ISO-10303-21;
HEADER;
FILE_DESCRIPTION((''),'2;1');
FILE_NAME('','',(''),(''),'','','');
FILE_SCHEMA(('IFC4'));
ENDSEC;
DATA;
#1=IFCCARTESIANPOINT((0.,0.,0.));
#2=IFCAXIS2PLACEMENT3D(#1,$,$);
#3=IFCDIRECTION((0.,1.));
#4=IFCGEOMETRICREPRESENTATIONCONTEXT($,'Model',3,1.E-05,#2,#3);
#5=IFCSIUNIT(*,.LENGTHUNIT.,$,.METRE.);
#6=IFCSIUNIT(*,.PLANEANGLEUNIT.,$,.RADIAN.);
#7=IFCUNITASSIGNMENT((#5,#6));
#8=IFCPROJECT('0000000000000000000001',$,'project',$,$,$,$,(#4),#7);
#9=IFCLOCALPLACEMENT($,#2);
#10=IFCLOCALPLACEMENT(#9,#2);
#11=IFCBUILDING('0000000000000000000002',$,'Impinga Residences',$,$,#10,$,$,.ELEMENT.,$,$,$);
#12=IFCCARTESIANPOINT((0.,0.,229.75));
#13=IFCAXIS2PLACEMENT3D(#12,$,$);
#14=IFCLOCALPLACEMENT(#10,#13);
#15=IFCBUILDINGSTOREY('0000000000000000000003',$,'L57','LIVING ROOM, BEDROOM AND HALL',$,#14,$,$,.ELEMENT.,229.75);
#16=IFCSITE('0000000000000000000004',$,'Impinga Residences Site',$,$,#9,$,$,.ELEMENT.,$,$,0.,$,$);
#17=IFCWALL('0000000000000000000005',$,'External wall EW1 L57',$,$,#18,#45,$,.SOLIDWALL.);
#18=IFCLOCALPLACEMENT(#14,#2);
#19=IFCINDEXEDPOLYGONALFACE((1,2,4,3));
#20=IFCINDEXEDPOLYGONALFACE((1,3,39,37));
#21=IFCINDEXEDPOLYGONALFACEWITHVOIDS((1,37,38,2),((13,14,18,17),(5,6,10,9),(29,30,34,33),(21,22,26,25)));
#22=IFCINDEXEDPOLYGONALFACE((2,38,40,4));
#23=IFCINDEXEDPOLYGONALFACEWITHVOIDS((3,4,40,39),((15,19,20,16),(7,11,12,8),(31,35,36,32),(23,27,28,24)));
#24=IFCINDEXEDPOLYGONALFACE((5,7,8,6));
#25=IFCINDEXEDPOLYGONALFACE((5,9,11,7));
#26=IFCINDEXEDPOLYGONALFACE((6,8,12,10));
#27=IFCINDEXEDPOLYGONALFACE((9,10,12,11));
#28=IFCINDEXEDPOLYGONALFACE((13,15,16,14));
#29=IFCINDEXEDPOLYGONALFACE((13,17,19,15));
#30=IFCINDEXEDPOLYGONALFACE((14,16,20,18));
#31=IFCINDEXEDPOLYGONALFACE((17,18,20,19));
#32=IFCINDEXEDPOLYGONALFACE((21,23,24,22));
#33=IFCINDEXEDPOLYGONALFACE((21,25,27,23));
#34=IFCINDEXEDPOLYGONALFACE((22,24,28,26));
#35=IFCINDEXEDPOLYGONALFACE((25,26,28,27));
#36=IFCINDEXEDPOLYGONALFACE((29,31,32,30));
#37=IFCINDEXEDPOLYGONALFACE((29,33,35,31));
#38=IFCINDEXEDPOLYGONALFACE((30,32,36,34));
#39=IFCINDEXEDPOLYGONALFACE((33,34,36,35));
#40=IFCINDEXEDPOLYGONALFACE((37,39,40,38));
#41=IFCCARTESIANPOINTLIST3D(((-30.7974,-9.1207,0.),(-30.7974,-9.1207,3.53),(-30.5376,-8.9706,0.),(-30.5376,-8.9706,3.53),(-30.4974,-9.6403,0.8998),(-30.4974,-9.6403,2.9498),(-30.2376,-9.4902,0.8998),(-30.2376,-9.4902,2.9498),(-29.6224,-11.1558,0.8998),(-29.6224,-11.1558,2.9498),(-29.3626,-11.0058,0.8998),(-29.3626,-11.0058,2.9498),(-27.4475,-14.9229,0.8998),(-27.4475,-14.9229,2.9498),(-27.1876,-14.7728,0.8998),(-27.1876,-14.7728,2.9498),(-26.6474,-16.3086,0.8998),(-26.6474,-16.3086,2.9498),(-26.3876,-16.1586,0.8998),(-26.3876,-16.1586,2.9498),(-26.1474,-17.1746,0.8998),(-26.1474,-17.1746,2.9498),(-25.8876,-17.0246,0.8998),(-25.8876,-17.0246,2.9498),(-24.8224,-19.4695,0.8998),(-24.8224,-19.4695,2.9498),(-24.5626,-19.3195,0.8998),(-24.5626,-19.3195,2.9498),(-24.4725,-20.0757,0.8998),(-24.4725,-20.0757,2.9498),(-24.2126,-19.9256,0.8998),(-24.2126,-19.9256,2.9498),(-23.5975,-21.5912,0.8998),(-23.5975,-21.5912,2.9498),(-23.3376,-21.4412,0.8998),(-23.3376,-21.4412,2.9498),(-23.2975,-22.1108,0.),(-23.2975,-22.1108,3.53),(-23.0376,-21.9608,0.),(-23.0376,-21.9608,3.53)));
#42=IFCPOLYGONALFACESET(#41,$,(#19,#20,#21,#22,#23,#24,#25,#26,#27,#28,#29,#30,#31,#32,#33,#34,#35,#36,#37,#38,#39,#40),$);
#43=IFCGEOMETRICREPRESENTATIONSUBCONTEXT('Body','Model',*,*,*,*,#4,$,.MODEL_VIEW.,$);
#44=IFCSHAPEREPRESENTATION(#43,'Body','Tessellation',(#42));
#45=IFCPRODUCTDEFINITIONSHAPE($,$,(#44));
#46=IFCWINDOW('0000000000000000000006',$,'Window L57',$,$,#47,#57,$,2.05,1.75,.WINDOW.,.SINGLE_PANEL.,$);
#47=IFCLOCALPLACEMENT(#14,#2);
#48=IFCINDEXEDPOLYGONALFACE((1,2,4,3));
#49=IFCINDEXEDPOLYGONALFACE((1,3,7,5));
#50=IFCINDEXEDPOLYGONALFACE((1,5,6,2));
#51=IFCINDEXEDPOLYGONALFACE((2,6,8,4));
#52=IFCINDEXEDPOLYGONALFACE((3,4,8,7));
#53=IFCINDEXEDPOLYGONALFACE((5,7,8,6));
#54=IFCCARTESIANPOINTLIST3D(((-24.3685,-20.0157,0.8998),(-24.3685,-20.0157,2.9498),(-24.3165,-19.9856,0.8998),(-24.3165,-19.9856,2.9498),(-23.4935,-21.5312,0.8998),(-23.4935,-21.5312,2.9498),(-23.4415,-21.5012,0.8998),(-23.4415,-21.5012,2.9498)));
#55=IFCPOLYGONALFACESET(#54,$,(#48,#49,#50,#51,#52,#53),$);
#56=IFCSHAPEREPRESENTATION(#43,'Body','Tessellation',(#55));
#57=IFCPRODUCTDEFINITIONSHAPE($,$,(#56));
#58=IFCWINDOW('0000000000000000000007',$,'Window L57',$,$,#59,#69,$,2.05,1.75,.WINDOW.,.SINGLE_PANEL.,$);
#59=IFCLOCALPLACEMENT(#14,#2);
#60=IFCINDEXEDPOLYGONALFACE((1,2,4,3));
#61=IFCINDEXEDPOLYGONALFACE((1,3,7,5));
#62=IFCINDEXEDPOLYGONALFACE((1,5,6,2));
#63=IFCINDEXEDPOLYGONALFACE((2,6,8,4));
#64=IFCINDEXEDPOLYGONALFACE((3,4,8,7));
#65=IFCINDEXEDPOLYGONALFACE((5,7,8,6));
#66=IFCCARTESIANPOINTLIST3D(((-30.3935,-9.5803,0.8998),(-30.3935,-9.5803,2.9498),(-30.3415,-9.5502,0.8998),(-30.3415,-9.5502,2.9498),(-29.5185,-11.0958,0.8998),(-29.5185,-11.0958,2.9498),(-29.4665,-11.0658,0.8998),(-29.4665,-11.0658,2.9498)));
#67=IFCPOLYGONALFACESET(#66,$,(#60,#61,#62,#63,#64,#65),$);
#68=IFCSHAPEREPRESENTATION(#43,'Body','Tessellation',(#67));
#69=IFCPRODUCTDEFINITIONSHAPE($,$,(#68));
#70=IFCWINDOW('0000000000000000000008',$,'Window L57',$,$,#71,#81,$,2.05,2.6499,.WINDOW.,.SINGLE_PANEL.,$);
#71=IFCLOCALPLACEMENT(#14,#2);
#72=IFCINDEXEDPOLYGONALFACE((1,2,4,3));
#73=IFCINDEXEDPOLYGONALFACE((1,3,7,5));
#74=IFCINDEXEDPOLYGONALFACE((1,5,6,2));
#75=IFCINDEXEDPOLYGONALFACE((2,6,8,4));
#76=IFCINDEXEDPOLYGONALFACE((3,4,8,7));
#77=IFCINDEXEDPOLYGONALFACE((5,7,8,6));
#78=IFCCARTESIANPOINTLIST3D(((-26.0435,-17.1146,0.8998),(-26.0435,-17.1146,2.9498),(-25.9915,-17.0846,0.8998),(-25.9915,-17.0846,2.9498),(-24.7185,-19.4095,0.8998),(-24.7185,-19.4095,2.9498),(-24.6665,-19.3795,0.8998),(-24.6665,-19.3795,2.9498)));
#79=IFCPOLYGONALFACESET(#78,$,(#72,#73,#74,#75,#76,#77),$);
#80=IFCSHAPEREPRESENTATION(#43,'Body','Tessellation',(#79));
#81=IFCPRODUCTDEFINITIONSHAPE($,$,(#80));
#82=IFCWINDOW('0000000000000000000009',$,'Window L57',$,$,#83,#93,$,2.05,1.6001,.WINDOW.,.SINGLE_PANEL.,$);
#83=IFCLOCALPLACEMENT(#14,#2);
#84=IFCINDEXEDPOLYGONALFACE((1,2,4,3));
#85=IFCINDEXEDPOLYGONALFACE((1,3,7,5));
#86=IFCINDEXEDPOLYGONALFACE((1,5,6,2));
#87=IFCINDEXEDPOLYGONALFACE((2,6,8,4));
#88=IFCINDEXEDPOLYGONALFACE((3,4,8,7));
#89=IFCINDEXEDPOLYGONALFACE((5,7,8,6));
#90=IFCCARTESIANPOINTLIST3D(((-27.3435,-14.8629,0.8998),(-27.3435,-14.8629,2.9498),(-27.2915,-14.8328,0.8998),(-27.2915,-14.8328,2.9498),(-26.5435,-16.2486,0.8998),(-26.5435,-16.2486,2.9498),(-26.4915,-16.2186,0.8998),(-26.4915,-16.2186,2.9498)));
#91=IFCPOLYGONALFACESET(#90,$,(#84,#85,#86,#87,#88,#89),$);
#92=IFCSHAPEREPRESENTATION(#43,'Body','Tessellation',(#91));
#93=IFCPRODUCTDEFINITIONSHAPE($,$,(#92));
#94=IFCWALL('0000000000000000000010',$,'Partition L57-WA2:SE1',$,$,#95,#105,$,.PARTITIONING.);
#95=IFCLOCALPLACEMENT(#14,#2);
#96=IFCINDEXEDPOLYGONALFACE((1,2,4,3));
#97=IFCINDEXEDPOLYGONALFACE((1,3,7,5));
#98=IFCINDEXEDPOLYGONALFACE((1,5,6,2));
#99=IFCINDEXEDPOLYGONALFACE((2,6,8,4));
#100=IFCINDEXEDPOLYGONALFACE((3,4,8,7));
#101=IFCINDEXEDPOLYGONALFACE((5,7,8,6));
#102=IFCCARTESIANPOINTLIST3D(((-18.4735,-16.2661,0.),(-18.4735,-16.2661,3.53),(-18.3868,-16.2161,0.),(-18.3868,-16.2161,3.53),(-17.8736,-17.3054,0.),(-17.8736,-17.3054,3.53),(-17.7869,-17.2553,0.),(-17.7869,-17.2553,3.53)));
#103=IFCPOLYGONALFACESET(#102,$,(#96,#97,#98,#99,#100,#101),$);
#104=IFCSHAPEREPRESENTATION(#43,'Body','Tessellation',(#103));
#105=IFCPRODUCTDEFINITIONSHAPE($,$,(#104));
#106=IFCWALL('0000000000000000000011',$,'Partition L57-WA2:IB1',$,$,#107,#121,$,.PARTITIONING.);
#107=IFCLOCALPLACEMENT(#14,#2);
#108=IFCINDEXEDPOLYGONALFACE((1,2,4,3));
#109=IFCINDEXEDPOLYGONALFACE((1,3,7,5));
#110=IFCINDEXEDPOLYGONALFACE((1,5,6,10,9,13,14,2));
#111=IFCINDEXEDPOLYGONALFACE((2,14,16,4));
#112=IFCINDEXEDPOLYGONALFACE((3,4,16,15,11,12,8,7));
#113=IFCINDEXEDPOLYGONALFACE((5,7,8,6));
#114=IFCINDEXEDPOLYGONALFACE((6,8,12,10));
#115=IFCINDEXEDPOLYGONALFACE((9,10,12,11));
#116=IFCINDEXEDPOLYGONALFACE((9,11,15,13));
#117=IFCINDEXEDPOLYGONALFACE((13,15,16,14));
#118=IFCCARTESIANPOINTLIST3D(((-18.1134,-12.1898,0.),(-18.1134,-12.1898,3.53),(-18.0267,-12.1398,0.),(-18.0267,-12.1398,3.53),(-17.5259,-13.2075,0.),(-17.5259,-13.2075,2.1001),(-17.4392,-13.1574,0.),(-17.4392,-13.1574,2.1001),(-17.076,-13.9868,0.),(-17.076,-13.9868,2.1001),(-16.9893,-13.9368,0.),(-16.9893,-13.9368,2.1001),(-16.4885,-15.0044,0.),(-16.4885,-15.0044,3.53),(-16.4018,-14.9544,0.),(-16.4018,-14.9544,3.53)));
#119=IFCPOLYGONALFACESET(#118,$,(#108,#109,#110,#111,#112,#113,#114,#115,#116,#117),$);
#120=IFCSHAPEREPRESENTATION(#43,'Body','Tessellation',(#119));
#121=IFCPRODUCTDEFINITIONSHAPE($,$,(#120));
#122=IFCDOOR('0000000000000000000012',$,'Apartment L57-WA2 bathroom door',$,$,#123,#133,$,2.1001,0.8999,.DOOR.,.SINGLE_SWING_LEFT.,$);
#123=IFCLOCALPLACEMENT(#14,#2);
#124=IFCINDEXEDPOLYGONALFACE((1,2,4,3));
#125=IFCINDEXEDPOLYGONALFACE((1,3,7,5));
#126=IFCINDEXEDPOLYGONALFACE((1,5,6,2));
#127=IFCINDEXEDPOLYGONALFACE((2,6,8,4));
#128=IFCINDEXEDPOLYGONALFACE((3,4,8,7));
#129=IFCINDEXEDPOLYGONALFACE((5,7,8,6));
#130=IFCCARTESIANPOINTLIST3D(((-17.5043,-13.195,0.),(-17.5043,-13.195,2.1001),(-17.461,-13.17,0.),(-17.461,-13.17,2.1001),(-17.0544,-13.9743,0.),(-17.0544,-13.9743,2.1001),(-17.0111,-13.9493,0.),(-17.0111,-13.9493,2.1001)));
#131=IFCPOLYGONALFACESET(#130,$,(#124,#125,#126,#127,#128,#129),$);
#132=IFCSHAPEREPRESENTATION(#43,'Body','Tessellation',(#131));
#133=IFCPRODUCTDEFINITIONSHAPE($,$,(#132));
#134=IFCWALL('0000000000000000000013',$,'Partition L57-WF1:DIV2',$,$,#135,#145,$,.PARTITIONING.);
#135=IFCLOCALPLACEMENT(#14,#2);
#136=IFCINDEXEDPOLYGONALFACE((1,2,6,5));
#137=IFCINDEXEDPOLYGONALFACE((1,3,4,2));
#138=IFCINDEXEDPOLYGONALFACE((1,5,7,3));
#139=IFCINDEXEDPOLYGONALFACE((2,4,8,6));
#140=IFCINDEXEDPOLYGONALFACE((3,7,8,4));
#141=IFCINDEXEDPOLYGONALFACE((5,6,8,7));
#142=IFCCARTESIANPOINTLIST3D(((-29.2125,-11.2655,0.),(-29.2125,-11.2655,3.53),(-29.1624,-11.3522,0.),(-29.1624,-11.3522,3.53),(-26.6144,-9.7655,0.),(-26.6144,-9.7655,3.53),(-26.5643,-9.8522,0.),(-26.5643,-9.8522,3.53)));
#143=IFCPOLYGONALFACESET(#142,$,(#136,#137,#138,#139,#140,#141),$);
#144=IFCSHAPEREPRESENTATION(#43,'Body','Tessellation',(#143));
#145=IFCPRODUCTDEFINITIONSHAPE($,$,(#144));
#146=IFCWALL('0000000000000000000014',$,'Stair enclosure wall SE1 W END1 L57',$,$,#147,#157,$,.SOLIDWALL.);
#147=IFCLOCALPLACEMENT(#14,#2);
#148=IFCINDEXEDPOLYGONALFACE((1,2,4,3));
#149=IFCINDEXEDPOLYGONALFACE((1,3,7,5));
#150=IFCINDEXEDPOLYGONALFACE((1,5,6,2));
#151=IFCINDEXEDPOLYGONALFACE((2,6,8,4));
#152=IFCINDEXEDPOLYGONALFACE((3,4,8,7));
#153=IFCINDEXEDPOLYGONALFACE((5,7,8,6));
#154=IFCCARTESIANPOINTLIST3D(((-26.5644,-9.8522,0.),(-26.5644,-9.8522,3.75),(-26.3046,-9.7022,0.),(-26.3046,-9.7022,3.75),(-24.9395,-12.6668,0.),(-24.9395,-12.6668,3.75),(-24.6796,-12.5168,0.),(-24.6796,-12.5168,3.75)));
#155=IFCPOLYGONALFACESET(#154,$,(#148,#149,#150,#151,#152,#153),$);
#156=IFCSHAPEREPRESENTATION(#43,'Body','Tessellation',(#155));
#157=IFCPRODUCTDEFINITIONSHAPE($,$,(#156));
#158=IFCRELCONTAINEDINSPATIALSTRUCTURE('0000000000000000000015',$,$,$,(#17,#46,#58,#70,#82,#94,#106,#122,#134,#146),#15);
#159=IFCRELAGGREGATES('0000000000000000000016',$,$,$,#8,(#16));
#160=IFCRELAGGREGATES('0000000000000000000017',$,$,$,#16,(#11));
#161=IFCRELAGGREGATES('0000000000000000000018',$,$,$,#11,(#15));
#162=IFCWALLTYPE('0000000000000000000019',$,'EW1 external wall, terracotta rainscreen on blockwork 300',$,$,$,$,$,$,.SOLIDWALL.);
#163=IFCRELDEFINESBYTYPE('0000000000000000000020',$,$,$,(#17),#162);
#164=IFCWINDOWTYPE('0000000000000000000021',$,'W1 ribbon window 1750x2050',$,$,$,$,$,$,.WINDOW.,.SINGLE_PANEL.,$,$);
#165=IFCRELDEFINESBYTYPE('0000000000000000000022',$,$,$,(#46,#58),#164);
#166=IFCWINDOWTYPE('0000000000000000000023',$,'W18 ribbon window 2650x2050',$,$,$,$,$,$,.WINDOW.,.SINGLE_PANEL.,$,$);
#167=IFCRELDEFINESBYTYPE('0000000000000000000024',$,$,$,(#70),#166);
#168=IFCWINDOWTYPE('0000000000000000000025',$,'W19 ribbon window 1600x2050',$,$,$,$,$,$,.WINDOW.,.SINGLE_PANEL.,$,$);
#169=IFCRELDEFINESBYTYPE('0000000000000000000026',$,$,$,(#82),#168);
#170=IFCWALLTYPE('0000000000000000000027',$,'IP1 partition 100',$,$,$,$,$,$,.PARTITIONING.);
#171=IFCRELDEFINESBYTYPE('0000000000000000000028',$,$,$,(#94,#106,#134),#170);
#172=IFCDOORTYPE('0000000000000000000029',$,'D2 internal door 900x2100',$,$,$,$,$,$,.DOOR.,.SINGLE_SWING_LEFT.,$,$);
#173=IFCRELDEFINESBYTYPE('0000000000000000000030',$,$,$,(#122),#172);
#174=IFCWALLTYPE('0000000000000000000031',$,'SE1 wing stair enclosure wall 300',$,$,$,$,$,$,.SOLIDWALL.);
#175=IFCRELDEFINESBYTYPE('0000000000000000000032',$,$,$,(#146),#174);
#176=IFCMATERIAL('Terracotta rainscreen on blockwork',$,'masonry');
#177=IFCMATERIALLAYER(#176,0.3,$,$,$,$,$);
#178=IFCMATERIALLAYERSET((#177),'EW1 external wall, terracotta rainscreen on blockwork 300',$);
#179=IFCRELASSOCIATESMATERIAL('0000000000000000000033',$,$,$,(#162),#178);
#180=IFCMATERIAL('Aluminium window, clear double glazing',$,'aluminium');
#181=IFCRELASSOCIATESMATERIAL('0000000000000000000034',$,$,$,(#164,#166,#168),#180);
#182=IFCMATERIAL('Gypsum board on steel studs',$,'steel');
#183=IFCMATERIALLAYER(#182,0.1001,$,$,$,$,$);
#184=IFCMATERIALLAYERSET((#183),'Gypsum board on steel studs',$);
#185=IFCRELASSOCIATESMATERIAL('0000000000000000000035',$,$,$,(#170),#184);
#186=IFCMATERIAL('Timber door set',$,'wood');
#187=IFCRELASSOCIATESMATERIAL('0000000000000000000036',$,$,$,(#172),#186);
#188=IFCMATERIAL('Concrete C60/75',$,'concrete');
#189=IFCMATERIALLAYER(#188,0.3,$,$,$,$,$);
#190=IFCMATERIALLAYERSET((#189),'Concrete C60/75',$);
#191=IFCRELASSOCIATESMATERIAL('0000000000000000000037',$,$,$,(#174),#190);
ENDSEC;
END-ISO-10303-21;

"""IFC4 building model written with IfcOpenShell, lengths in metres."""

from ifc_helpers import new_model, si_unit, direction, frame, frame_2d, origin, place, context, subcontext, project, spatial, rectangle, extrude, material, layer, layer_set, type_object, element, fill, save


model = new_model("IFC4")

# Units and contexts
model_context = context("Model", 3, precision=1e-05, world=origin(), true_north=direction((0.0, 1.0)))
body_context = subcontext(model_context, "Body", "Model", "MODEL_VIEW")
ifc_project = project(units=[si_unit("LENGTHUNIT", "METRE"), si_unit("PLANEANGLEUNIT", "RADIAN")], contexts=[model_context])

# Site, building, storey
site_placement = place(None, origin())
site = spatial("IfcSite", under=ifc_project, at=site_placement, Name="Impinga Residences Site", CompositionType="ELEMENT", RefElevation=0.0)
building_placement = place(site_placement, origin())
building = spatial("IfcBuilding", under=site, at=building_placement, Name="Impinga Residences", CompositionType="ELEMENT")
storey_placement = place(building_placement, frame((0.0, 0.0, 229.75)))
storey = spatial("IfcBuildingStorey", under=building, at=storey_placement, Name="L57", Description="LIVING ROOM, BEDROOM AND HALL", CompositionType="ELEMENT", Elevation=229.75)

# Shared definitions
ifc_material_1 = material(Name="Concrete C60/75", Category="concrete")

# Shared definitions
ifc_material_2 = material(Name="Timber door set", Category="wood")

# Shared definitions
ifc_material_3 = material(Name="Terracotta rainscreen on blockwork", Category="masonry")
ifc_layer_1 = layer(ifc_material_3, 0.3)
ifc_layer_set_1 = layer_set([ifc_layer_1], Name="EW1 external wall, terracotta rainscreen on blockwork 300")
wall_type_1 = type_object("IfcWallType", Name="EW1 external wall, terracotta rainscreen on blockwork 300", PredefinedType="SOLIDWALL", material=ifc_layer_set_1)

# Wall, openings, windows
wall_1_placement = place(storey_placement, frame((-23.1675, -22.0359, 0.0), z_axis=(0.0, 0.0, 1.0), x_axis=(-0.500004, 0.866023, 0.0)))
wall_1 = element("IfcWall", 1, at=wall_1_placement, inside=storey, type_object=wall_type_1, Name="External wall EW1 L57", PredefinedType="SOLIDWALL", context=body_context, shape_type="SweptSolid", body=[
    extrude(rectangle(XDim=14.9998, YDim=0.3, at=frame_2d((7.5, 0.0))), origin(), (0.0, 0.0, 1.0), 3.53),
])
opening_1_placement = place(wall_1_placement, frame((0.6001, 0.0, 0.8999)))
opening_1 = element("IfcOpeningElement", 2, at=opening_1_placement, cuts=wall_1, PredefinedType="OPENING", context=body_context, shape_type="SweptSolid", body=[
    extrude(rectangle(XDim=1.75, YDim=2.05, at=frame_2d((0.875, 1.0249))), frame((0.0, 0.1599, 0.0), z_axis=(0.0, -1.0, 0.0), x_axis=(1.0, 0.0, 0.0)), (0.0, 0.0, 1.0), 0.3201),
])
opening_2_placement = place(wall_1_placement, frame((3.05, 0.0, 0.8999)))
opening_2 = element("IfcOpeningElement", 3, at=opening_2_placement, cuts=wall_1, PredefinedType="OPENING", context=body_context, shape_type="SweptSolid", body=[
    extrude(rectangle(XDim=2.6499, YDim=2.05, at=frame_2d((1.325, 1.0249))), frame((0.0, 0.1599, 0.0), z_axis=(0.0, -1.0, 0.0), x_axis=(1.0, 0.0, 0.0)), (0.0, 0.0, 1.0), 0.3201),
])
opening_3_placement = place(wall_1_placement, frame((6.7, 0.0, 0.8999)))
opening_3 = element("IfcOpeningElement", 4, at=opening_3_placement, cuts=wall_1, PredefinedType="OPENING", context=body_context, shape_type="SweptSolid", body=[
    extrude(rectangle(XDim=1.6001, YDim=2.05, at=frame_2d((0.8, 1.0249))), frame((0.0, 0.1599, 0.0), z_axis=(0.0, -1.0, 0.0), x_axis=(1.0, 0.0, 0.0)), (0.0, 0.0, 1.0), 0.3201),
])
opening_4_placement = place(wall_1_placement, frame((12.6499, 0.0, 0.8999)))
opening_4 = element("IfcOpeningElement", 5, at=opening_4_placement, cuts=wall_1, PredefinedType="OPENING", context=body_context, shape_type="SweptSolid", body=[
    extrude(rectangle(XDim=1.75, YDim=2.05, at=frame_2d((0.875, 1.0249))), frame((0.0, 0.1599, 0.0), z_axis=(0.0, -1.0, 0.0), x_axis=(1.0, 0.0, 0.0)), (0.0, 0.0, 1.0), 0.3201),
])
ifc_material_4 = material(Name="Aluminium window, clear double glazing", Category="aluminium")
window_type_1 = type_object("IfcWindowType", Name="W1 ribbon window 1750x2050", PartitioningType="SINGLE_PANEL", PredefinedType="WINDOW", material=ifc_material_4)
window_1_placement = place(opening_1_placement, origin())
window_1 = element("IfcWindow", 6, at=window_1_placement, inside=storey, type_object=window_type_1, Name="Window L57", OverallHeight=2.05, OverallWidth=1.75, PartitioningType="SINGLE_PANEL", PredefinedType="WINDOW", context=body_context, shape_type="SweptSolid", body=[
    extrude(rectangle(XDim=1.75, YDim=2.05, at=frame_2d((0.875, 1.0249))), frame((0.0, 0.03, 0.0), z_axis=(0.0, -1.0, 0.0), x_axis=(1.0, 0.0, 0.0)), (0.0, 0.0, 1.0), 0.0601),
])
fill(opening_1, window_1)
window_2_placement = place(opening_4_placement, origin())
window_2 = element("IfcWindow", 7, at=window_2_placement, inside=storey, type_object=window_type_1, Name="Window L57", OverallHeight=2.05, OverallWidth=1.75, PartitioningType="SINGLE_PANEL", PredefinedType="WINDOW", context=body_context, shape_type="SweptSolid", body=[
    extrude(rectangle(XDim=1.75, YDim=2.05, at=frame_2d((0.875, 1.0249))), frame((0.0, 0.03, 0.0), z_axis=(0.0, -1.0, 0.0), x_axis=(1.0, 0.0, 0.0)), (0.0, 0.0, 1.0), 0.0601),
])
fill(opening_4, window_2)
window_type_2 = type_object("IfcWindowType", Name="W18 ribbon window 2650x2050", PartitioningType="SINGLE_PANEL", PredefinedType="WINDOW", material=ifc_material_4)
window_3_placement = place(opening_2_placement, origin())
window_3 = element("IfcWindow", 8, at=window_3_placement, inside=storey, type_object=window_type_2, Name="Window L57", OverallHeight=2.05, OverallWidth=2.6499, PartitioningType="SINGLE_PANEL", PredefinedType="WINDOW", context=body_context, shape_type="SweptSolid", body=[
    extrude(rectangle(XDim=2.6499, YDim=2.05, at=frame_2d((1.325, 1.0249))), frame((0.0, 0.03, 0.0), z_axis=(0.0, -1.0, 0.0), x_axis=(1.0, 0.0, 0.0)), (0.0, 0.0, 1.0), 0.0601),
])
fill(opening_2, window_3)
window_type_3 = type_object("IfcWindowType", Name="W19 ribbon window 1600x2050", PartitioningType="SINGLE_PANEL", PredefinedType="WINDOW", material=ifc_material_4)
window_4_placement = place(opening_3_placement, origin())
window_4 = element("IfcWindow", 9, at=window_4_placement, inside=storey, type_object=window_type_3, Name="Window L57", OverallHeight=2.05, OverallWidth=1.6001, PartitioningType="SINGLE_PANEL", PredefinedType="WINDOW", context=body_context, shape_type="SweptSolid", body=[
    extrude(rectangle(XDim=1.6001, YDim=2.05, at=frame_2d((0.8, 1.0249))), frame((0.0, 0.03, 0.0), z_axis=(0.0, -1.0, 0.0), x_axis=(1.0, 0.0, 0.0)), (0.0, 0.0, 1.0), 0.0601),
])
fill(opening_3, window_4)

# Wall
ifc_material_5 = material(Name="Gypsum board on steel studs", Category="steel")
ifc_layer_2 = layer(ifc_material_5, 0.1001)
ifc_layer_set_2 = layer_set([ifc_layer_2], Name="Gypsum board on steel studs")
wall_type_2 = type_object("IfcWallType", Name="IP1 partition 100", PredefinedType="PARTITIONING", material=ifc_layer_set_2)
wall_2_placement = place(storey_placement, frame((-18.4302, -16.241, 0.0), z_axis=(0.0, 0.0, 1.0), x_axis=(0.499881, -0.866094, 0.0)))
element("IfcWall", 10, at=wall_2_placement, inside=storey, type_object=wall_type_2, Name="Partition L57-WA2:SE1", PredefinedType="PARTITIONING", context=body_context, shape_type="SweptSolid", body=[
    extrude(rectangle(XDim=1.2, YDim=0.1001, at=frame_2d((0.6001, 0.0))), origin(), (0.0, 0.0, 1.0), 3.53),
])

# Wall, opening, door
wall_3_placement = place(storey_placement, frame((-18.0701, -12.1648, 0.0), z_axis=(0.0, 0.0, 1.0), x_axis=(0.499985, -0.866034, 0.0)))
wall_3 = element("IfcWall", 11, at=wall_3_placement, inside=storey, type_object=wall_type_2, Name="Partition L57-WA2:IB1", PredefinedType="PARTITIONING", context=body_context, shape_type="SweptSolid", body=[
    extrude(rectangle(XDim=3.25, YDim=0.1001, at=frame_2d((1.625, 0.0))), origin(), (0.0, 0.0, 1.0), 3.53),
])
opening_5_placement = place(wall_3_placement, frame((1.175, 0.0, 0.0)))
opening_5 = element("IfcOpeningElement", 12, at=opening_5_placement, cuts=wall_3, PredefinedType="OPENING", context=body_context, shape_type="SweptSolid", body=[
    extrude(rectangle(XDim=0.8999, YDim=2.1001, at=frame_2d((0.45, 1.05))), frame((0.0, 0.0601, 0.0), z_axis=(0.0, -1.0, 0.0), x_axis=(1.0, 0.0, 0.0)), (0.0, 0.0, 1.0), 0.1201),
])
door_type_1 = type_object("IfcDoorType", Name="D2 internal door 900x2100", OperationType="SINGLE_SWING_LEFT", PredefinedType="DOOR", material=ifc_material_2)
door_1_placement = place(opening_5_placement, origin())
door_1 = element("IfcDoor", 13, at=door_1_placement, inside=storey, type_object=door_type_1, Name="Apartment L57-WA2 bathroom door", OperationType="SINGLE_SWING_LEFT", OverallHeight=2.1001, OverallWidth=0.8999, PredefinedType="DOOR", context=body_context, shape_type="SweptSolid", body=[
    extrude(rectangle(XDim=0.8999, YDim=2.1001, at=frame_2d((0.45, 1.05))), frame((0.0, 0.0249, 0.0), z_axis=(0.0, -1.0, 0.0), x_axis=(1.0, 0.0, 0.0)), (0.0, 0.0, 1.0), 0.05),
])
fill(opening_5, door_1)

# Walls
wall_4_placement = place(storey_placement, frame((-26.5894, -9.8088, 0.0), z_axis=(0.0, 0.0, 1.0), x_axis=(-0.866031, -0.49999, 0.0)))
element("IfcWall", 14, at=wall_4_placement, inside=storey, type_object=wall_type_2, Name="Partition L57-WF1:DIV2", PredefinedType="PARTITIONING", context=body_context, shape_type="SweptSolid", body=[
    extrude(rectangle(XDim=3.0, YDim=0.1001, at=frame_2d((1.5, 0.0))), origin(), (0.0, 0.0, 1.0), 3.53),
])
ifc_layer_3 = layer(ifc_material_1, 0.3)
ifc_layer_set_3 = layer_set([ifc_layer_3], Name="Concrete C60/75")
wall_type_3 = type_object("IfcWallType", Name="SE1 wing stair enclosure wall 300", PredefinedType="SOLIDWALL", material=ifc_layer_set_3)
wall_5_placement = place(storey_placement, frame((-24.8096, -12.5918, 0.0), z_axis=(0.0, 0.0, 1.0), x_axis=(-0.499985, 0.866034, 0.0)))
element("IfcWall", 15, at=wall_5_placement, inside=storey, type_object=wall_type_3, Name="Stair enclosure wall SE1 W END1 L57", PredefinedType="SOLIDWALL", context=body_context, shape_type="SweptSolid", body=[
    extrude(rectangle(XDim=3.25, YDim=0.3, at=frame_2d((1.625, 0.0))), origin(), (0.0, 0.0, 1.0), 3.75),
])

save(model, "model.ifc")
